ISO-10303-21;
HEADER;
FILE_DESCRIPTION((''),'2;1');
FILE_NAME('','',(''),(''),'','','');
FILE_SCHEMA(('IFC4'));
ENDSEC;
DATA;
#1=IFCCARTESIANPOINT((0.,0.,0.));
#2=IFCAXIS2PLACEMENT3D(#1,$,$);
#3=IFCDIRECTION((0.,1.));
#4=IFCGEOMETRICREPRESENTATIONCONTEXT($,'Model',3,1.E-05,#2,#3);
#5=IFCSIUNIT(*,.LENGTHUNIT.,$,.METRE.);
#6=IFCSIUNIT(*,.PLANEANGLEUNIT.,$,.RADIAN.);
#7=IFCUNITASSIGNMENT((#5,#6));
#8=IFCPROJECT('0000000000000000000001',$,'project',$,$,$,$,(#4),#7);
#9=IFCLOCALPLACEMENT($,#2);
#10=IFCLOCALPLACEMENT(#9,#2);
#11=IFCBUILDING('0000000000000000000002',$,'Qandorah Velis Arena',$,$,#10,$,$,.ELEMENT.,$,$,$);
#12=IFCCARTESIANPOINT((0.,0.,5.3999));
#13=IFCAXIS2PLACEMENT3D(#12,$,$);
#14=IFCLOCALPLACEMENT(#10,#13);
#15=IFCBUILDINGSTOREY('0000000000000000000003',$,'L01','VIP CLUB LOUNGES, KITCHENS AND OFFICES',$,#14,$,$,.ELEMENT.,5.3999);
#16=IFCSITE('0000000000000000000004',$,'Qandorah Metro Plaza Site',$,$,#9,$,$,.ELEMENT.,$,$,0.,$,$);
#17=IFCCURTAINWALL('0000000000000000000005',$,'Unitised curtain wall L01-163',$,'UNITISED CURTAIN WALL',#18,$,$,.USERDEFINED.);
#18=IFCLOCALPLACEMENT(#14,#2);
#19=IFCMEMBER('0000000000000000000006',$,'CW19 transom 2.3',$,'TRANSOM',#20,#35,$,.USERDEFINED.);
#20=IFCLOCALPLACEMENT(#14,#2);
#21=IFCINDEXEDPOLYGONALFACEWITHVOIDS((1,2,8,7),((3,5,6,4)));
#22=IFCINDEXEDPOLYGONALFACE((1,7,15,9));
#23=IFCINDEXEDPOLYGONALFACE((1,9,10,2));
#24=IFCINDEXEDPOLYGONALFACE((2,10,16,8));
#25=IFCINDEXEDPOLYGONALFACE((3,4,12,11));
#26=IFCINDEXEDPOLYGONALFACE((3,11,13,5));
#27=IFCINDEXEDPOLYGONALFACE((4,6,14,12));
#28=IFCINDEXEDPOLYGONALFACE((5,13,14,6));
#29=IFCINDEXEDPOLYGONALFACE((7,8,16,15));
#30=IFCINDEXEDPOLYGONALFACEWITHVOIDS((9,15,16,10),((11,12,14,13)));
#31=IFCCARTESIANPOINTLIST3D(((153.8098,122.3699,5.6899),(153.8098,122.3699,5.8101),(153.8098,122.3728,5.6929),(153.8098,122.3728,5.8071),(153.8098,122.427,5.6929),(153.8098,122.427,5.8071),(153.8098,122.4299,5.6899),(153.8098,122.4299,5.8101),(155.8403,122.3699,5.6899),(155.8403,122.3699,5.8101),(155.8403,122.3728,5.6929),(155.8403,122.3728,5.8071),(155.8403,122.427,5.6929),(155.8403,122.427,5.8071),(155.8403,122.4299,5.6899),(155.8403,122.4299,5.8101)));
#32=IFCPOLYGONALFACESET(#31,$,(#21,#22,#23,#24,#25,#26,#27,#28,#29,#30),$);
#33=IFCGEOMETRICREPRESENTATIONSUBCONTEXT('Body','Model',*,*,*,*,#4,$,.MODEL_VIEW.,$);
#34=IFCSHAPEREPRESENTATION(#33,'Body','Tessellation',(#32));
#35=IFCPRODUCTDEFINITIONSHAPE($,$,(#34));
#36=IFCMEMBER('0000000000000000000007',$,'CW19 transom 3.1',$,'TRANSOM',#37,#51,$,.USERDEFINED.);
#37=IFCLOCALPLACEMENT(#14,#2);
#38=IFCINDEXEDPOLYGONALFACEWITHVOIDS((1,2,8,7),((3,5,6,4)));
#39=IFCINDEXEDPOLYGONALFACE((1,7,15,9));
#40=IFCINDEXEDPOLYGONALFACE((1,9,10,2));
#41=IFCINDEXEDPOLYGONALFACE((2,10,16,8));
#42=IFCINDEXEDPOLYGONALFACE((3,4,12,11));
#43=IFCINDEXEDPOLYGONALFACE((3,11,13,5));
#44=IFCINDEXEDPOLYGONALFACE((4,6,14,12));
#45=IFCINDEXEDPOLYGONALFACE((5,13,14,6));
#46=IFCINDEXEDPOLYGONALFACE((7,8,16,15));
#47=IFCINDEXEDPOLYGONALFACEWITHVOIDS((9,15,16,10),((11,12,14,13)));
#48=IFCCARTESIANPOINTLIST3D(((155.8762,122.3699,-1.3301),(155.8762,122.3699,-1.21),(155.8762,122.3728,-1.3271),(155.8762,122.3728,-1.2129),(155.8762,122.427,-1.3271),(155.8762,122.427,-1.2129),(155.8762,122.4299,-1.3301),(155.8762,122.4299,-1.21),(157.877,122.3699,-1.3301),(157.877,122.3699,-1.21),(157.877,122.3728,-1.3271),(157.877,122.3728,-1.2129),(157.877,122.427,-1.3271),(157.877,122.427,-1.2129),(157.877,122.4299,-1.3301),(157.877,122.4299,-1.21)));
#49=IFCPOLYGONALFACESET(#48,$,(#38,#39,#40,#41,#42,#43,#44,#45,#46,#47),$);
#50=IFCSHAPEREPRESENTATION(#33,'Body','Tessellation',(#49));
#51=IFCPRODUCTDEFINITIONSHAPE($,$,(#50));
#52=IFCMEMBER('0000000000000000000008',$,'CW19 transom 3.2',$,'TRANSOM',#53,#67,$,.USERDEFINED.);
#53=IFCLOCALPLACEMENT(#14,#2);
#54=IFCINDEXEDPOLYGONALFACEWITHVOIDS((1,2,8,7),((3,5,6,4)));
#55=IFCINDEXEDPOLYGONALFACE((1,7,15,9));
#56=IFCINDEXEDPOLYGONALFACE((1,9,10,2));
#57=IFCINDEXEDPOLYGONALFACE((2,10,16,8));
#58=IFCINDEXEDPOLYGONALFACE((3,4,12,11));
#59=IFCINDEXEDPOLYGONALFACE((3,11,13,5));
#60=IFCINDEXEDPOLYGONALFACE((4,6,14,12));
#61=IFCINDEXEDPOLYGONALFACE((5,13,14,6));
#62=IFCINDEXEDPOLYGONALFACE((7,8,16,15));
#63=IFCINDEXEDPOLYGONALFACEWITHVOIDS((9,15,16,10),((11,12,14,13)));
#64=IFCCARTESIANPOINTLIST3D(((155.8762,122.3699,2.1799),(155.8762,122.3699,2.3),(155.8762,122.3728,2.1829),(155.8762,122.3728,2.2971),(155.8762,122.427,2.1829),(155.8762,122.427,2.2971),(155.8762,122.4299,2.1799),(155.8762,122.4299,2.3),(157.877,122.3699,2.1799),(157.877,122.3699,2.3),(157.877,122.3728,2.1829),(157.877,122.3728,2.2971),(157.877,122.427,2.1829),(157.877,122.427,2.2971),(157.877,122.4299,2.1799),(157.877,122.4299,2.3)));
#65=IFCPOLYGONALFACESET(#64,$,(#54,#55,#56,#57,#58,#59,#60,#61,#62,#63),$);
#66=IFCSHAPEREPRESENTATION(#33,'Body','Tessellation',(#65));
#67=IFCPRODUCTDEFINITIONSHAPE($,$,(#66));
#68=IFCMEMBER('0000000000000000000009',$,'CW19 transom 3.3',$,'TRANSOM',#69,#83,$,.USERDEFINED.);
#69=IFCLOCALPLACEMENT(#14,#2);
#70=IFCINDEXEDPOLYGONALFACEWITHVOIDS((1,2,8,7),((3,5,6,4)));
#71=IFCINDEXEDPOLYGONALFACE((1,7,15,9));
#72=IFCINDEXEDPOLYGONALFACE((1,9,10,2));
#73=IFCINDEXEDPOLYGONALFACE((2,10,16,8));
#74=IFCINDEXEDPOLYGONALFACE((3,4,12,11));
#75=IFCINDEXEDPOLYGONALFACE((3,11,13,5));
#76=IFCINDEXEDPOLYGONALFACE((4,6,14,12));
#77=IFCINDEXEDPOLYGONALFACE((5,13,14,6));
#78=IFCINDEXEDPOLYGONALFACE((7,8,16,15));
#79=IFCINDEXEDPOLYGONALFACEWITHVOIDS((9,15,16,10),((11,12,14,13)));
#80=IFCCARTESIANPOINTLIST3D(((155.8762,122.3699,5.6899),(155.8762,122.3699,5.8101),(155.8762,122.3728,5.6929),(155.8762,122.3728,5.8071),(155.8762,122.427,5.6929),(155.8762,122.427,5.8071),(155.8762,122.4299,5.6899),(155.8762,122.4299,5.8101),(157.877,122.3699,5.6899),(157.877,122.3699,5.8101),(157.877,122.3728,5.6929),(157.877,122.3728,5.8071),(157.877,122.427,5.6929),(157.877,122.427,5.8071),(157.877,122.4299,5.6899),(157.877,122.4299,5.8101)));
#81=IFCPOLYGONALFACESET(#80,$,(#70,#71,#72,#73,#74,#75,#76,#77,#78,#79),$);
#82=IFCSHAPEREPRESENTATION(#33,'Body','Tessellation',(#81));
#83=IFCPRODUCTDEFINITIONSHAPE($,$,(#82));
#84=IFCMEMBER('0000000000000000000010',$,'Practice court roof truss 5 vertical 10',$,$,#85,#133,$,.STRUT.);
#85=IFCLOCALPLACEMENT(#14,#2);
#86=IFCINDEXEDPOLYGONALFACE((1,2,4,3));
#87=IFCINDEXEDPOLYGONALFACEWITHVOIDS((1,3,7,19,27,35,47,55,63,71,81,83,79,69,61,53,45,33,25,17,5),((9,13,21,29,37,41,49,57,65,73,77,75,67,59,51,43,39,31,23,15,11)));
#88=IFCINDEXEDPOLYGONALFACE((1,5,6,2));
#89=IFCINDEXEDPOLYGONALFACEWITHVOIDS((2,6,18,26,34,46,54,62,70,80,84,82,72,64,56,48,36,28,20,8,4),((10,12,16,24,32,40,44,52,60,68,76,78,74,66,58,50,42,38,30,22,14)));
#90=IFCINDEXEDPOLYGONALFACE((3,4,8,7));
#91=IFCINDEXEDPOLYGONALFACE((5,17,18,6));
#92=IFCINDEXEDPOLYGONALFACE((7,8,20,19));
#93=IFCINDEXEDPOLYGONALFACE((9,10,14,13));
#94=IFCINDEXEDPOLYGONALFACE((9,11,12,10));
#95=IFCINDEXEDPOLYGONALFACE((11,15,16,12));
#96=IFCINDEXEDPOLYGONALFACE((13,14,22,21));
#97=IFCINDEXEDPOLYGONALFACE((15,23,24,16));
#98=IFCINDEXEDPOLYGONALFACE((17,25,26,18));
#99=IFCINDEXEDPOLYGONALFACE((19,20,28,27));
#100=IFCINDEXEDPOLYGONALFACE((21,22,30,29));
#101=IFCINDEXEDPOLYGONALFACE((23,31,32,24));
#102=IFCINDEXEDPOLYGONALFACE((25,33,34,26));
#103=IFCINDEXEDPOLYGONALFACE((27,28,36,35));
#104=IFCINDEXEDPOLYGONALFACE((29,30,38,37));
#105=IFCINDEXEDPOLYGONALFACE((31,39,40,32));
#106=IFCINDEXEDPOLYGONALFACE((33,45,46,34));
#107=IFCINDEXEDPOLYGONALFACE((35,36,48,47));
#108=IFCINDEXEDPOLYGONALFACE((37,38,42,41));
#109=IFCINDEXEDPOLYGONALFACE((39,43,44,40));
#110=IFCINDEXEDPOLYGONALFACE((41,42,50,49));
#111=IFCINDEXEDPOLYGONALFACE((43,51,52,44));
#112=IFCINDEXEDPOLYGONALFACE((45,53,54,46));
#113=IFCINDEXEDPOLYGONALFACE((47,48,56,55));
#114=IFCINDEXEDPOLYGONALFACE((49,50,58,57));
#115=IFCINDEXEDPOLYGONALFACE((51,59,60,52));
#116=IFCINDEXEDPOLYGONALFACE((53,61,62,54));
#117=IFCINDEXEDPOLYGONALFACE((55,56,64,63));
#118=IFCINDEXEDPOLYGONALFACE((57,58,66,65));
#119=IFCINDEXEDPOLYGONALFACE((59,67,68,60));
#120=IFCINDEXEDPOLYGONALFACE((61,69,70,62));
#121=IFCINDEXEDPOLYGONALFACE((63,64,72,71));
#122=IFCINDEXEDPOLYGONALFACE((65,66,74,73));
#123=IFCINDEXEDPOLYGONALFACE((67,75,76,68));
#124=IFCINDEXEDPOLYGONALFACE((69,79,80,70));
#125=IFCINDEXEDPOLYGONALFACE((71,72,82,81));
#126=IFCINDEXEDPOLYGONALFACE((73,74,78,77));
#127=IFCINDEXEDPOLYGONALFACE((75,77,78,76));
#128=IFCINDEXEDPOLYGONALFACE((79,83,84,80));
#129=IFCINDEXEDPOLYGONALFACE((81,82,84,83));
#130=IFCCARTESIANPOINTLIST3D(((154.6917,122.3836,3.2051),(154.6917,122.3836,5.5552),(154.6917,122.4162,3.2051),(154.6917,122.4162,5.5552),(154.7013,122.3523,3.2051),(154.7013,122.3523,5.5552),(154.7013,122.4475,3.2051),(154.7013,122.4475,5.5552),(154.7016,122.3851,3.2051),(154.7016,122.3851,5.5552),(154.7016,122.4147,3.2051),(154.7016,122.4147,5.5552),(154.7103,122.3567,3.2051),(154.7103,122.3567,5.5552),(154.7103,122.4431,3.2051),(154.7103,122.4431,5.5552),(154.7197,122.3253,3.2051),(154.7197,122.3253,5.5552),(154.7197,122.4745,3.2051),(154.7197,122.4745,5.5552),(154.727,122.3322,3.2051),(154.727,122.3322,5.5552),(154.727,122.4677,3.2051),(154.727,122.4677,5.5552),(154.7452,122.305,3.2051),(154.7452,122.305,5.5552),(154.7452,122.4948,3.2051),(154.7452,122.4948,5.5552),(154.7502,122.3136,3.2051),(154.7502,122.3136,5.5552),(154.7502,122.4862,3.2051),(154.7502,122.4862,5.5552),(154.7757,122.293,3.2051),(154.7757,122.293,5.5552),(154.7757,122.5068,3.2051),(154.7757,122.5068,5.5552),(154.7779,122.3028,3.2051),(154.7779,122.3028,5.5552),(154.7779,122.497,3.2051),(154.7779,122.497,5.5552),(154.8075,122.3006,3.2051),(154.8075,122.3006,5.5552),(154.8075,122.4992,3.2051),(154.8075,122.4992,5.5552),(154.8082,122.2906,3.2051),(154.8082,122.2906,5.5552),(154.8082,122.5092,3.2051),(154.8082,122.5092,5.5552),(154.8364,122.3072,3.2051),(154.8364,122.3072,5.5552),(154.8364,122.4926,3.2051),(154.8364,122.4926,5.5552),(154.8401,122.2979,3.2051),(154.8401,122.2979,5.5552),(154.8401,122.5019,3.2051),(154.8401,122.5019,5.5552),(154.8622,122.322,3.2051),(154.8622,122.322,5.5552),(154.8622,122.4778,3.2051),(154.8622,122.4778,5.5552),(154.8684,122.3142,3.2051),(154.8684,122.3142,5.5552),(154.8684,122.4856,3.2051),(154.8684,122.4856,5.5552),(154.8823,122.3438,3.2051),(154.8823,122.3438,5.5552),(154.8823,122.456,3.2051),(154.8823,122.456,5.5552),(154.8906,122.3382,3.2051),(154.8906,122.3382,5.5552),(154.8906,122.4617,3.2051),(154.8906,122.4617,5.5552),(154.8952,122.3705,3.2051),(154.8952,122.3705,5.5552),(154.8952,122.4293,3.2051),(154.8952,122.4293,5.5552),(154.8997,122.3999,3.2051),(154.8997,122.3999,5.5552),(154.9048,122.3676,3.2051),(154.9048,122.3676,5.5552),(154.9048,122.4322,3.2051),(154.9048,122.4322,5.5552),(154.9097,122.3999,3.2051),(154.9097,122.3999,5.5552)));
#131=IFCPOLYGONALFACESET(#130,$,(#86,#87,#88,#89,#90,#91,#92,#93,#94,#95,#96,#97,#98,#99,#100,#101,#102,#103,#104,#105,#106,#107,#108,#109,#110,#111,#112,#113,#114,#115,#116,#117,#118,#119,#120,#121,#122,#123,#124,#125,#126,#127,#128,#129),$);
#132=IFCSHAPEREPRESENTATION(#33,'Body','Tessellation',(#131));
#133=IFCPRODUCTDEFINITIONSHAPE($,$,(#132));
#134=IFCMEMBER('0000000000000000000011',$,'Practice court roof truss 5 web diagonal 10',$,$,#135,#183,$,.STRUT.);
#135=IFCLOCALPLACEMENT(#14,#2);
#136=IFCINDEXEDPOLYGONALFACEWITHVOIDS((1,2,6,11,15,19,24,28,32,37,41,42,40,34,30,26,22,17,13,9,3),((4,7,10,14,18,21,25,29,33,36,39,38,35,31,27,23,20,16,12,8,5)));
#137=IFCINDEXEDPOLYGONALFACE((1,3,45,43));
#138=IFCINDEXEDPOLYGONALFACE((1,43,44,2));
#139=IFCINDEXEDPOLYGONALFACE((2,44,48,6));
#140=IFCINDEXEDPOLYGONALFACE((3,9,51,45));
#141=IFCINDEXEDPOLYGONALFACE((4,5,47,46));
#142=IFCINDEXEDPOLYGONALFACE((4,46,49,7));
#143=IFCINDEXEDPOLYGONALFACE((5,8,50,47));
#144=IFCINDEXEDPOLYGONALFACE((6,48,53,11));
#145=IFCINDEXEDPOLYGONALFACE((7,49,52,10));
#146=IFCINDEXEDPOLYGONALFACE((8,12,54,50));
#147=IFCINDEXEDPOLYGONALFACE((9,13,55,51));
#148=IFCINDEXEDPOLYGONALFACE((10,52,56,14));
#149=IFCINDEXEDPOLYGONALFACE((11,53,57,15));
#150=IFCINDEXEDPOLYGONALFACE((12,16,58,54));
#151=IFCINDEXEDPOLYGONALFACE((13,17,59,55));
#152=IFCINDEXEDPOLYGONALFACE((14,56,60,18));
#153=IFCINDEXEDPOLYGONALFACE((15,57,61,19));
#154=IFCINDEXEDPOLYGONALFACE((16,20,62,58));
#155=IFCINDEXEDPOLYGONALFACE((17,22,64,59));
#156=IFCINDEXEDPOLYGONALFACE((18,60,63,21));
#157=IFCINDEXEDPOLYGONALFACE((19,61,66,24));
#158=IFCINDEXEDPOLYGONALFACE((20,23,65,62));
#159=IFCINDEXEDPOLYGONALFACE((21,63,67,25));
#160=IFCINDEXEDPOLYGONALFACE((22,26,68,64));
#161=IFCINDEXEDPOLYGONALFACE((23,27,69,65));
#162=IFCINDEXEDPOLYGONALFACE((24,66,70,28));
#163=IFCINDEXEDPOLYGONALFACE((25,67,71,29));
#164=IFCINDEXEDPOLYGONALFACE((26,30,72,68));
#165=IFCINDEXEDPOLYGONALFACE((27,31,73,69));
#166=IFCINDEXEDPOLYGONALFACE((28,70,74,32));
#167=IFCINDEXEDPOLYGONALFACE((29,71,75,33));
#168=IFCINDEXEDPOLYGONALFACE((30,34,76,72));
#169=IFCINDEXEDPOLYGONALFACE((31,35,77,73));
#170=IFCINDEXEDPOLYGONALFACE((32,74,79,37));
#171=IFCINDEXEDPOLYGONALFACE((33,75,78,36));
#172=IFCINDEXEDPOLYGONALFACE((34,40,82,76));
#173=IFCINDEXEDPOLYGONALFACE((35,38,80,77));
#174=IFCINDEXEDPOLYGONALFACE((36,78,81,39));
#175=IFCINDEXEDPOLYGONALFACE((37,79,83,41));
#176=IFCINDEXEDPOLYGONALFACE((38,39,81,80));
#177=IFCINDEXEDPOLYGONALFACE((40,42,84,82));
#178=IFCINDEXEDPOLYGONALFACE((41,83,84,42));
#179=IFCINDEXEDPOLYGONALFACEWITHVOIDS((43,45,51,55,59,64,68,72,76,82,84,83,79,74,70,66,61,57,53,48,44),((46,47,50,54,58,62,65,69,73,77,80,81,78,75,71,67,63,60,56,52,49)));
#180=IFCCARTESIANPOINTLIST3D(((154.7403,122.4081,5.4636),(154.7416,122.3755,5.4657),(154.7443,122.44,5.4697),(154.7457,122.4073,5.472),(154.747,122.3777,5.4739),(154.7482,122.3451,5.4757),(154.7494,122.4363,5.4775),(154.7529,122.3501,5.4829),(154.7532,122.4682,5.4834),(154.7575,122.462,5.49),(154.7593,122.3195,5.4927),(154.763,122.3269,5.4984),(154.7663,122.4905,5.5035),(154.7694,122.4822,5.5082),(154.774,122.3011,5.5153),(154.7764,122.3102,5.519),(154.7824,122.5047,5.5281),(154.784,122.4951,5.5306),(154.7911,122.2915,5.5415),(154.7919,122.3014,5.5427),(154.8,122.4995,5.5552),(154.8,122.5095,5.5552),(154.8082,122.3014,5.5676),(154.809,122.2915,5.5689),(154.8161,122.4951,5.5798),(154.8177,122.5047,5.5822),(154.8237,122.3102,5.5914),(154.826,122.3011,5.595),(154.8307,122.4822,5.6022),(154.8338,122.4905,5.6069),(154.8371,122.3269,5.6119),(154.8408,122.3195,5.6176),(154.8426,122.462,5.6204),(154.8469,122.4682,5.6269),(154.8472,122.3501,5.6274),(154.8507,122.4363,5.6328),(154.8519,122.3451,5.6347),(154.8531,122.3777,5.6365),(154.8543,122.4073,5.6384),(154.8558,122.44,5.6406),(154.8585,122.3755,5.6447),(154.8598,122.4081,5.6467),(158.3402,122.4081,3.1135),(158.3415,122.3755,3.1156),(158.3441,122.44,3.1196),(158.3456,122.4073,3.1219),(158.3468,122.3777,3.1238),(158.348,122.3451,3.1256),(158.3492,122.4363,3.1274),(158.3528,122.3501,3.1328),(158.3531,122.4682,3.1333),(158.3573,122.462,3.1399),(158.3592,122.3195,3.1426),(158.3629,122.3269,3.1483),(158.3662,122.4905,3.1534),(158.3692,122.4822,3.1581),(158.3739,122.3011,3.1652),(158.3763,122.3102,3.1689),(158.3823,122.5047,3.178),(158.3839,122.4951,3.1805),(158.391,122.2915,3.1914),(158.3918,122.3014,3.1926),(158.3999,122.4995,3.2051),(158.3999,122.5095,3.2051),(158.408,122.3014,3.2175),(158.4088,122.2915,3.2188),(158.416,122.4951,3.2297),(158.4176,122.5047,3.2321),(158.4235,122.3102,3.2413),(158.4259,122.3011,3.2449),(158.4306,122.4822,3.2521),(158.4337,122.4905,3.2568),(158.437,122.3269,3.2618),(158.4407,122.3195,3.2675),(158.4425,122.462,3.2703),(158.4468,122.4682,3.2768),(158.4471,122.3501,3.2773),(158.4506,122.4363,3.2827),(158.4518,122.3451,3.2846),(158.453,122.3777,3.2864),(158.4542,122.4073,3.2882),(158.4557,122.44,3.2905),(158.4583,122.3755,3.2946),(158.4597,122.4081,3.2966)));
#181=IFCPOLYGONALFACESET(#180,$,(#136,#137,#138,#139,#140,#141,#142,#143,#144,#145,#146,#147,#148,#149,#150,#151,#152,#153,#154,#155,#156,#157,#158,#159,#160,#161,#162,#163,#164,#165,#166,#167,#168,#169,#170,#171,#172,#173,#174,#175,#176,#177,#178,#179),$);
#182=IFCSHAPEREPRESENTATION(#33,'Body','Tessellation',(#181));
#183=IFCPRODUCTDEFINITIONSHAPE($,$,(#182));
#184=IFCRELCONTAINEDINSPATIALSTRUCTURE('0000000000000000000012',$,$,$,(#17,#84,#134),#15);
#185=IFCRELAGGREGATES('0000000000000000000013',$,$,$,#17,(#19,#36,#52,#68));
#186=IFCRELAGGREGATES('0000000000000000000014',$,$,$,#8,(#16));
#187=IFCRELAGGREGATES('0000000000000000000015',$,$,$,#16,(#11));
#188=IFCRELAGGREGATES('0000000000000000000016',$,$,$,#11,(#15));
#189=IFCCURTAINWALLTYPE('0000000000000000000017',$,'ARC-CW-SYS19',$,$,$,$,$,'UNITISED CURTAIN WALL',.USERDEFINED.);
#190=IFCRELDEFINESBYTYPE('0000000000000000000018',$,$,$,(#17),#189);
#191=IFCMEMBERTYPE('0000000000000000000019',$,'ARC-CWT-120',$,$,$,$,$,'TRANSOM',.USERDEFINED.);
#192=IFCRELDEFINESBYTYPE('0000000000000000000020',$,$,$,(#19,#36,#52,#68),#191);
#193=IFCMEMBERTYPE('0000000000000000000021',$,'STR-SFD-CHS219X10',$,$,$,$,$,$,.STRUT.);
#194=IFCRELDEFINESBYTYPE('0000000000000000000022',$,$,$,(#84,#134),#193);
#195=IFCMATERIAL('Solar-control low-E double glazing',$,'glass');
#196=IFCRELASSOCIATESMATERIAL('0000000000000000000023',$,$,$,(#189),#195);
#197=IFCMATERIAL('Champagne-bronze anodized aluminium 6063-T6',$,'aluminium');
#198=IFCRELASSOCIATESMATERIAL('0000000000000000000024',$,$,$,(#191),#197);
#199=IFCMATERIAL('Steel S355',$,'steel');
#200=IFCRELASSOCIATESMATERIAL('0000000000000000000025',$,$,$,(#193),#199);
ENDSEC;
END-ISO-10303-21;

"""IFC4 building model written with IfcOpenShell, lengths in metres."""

from ifc_helpers import new_model, si_unit, direction, frame, origin, origin_2d, place, context, subcontext, project, spatial, hollow_rectangle, hollow_circle, extrude, material, material_profile, profile_set, type_object, element, aggregate, save


model = new_model("IFC4")

# Units and contexts
model_context = context("Model", 3, precision=1e-05, world=origin(), true_north=direction((0.0, 1.0)))
body_context = subcontext(model_context, "Body", "Model", "MODEL_VIEW")
ifc_project = project(units=[si_unit("LENGTHUNIT", "METRE"), si_unit("PLANEANGLEUNIT", "RADIAN")], contexts=[model_context])

# Site, building, storey
site_placement = place(None, origin())
site = spatial("IfcSite", under=ifc_project, at=site_placement, Name="Qandorah Metro Plaza Site", CompositionType="ELEMENT", RefElevation=0.0)
building_placement = place(site_placement, origin())
building = spatial("IfcBuilding", under=site, at=building_placement, Name="Qandorah Velis Arena", CompositionType="ELEMENT")
storey_placement = place(building_placement, frame((0.0, 0.0, 5.3999)))
storey = spatial("IfcBuildingStorey", under=building, at=storey_placement, Name="L01", Description="VIP CLUB LOUNGES, KITCHENS AND OFFICES", CompositionType="ELEMENT", Elevation=5.3999)

# Shared definitions
ifc_material_1 = material(Name="Solar-control low-E double glazing", Category="glass")
ifc_material_2 = material(Name="Champagne-bronze anodized aluminium 6063-T6", Category="aluminium")

# Curtain wall
curtain_wall_type_1 = type_object("IfcCurtainWallType", Name="ARC-CW-SYS19", ElementType="UNITISED CURTAIN WALL", PredefinedType="USERDEFINED", material=ifc_material_1)
curtain_wall_1_placement = place(storey_placement, origin())
curtain_wall_1 = element("IfcCurtainWall", 1, at=curtain_wall_1_placement, inside=storey, type_object=curtain_wall_type_1, Name="Unitised curtain wall L01-163", ObjectType="UNITISED CURTAIN WALL", PredefinedType="USERDEFINED")

# Members
ifc_material_profile_1 = material_profile(ifc_material_2, hollow_rectangle(XDim=0.0601, YDim=0.1201, WallThickness=0.0029, at=origin_2d()), Name="ALU TRANSOM 60x120")
ifc_profile_set_1 = profile_set([ifc_material_profile_1], Name="Champagne-bronze anodized aluminium 6063-T6")
member_type_1 = type_object("IfcMemberType", Name="ARC-CWT-120", ElementType="TRANSOM", PredefinedType="USERDEFINED", material=ifc_profile_set_1)
member_1_placement = place(storey_placement, frame((153.8098, 122.3999, 5.75), z_axis=(1.0, 0.0, 0.0), x_axis=(0.0, 1.0, 0.0)))
member_1 = element("IfcMember", 2, at=member_1_placement, type_object=member_type_1, Name="CW19 transom 2.3", ObjectType="TRANSOM", PredefinedType="USERDEFINED", context=body_context, shape_type="SweptSolid", body=[
    extrude(hollow_rectangle(XDim=0.0601, YDim=0.1201, WallThickness=0.0029, at=origin_2d()), origin(), (0.0, 0.0, 1.0), 2.0305),
])
member_2_placement = place(storey_placement, frame((155.8762, 122.3999, -1.27), z_axis=(1.0, 0.0, 0.0), x_axis=(0.0, 1.0, 0.0)))
member_2 = element("IfcMember", 3, at=member_2_placement, type_object=member_type_1, Name="CW19 transom 3.1", ObjectType="TRANSOM", PredefinedType="USERDEFINED", context=body_context, shape_type="SweptSolid", body=[
    extrude(hollow_rectangle(XDim=0.0601, YDim=0.1201, WallThickness=0.0029, at=origin_2d()), origin(), (0.0, 0.0, 1.0), 2.0007),
])
member_3_placement = place(storey_placement, frame((155.8762, 122.3999, 2.24), z_axis=(1.0, 0.0, 0.0), x_axis=(0.0, 1.0, 0.0)))
member_3 = element("IfcMember", 4, at=member_3_placement, type_object=member_type_1, Name="CW19 transom 3.2", ObjectType="TRANSOM", PredefinedType="USERDEFINED", context=body_context, shape_type="SweptSolid", body=[
    extrude(hollow_rectangle(XDim=0.0601, YDim=0.1201, WallThickness=0.0029, at=origin_2d()), origin(), (0.0, 0.0, 1.0), 2.0007),
])
member_4_placement = place(storey_placement, frame((155.8762, 122.3999, 5.75), z_axis=(1.0, 0.0, 0.0), x_axis=(0.0, 1.0, 0.0)))
member_4 = element("IfcMember", 5, at=member_4_placement, type_object=member_type_1, Name="CW19 transom 3.3", ObjectType="TRANSOM", PredefinedType="USERDEFINED", context=body_context, shape_type="SweptSolid", body=[
    extrude(hollow_rectangle(XDim=0.0601, YDim=0.1201, WallThickness=0.0029, at=origin_2d()), origin(), (0.0, 0.0, 1.0), 2.0007),
])

# Members
ifc_material_3 = material(Name="Steel S355", Category="steel")
ifc_material_profile_2 = material_profile(ifc_material_3, hollow_circle(Radius=0.1096, WallThickness=0.01, at=origin_2d()), Name="CHS 219.1x10")
ifc_profile_set_2 = profile_set([ifc_material_profile_2], Name="Steel S355")
member_type_2 = type_object("IfcMemberType", Name="STR-SFD-CHS219X10", PredefinedType="STRUT", material=ifc_profile_set_2)
member_5_placement = place(storey_placement, frame((154.8, 122.3999, 3.2051), z_axis=(0.0, 0.0, 1.0), x_axis=(1.0, 0.0, 0.0)))
element("IfcMember", 6, at=member_5_placement, inside=storey, type_object=member_type_2, Name="Practice court roof truss 5 vertical 10", PredefinedType="STRUT", context=body_context, shape_type="SweptSolid", body=[
    extrude(hollow_circle(Radius=0.1096, WallThickness=0.01, at=origin_2d()), origin(), (0.0, 0.0, 1.0), 2.3501),
])
member_6_placement = place(storey_placement, frame((154.8, 122.3999, 5.5552), z_axis=(0.837359, 0.0, -0.546654), x_axis=(0.0, 1.0, 0.0)))
element("IfcMember", 7, at=member_6_placement, inside=storey, type_object=member_type_2, Name="Practice court roof truss 5 web diagonal 10", PredefinedType="STRUT", context=body_context, shape_type="SweptSolid", body=[
    extrude(hollow_circle(Radius=0.1096, WallThickness=0.01, at=origin_2d()), origin(), (0.0, 0.0, 1.0), 4.2991),
])

aggregate(curtain_wall_1, [member_1, member_2, member_3, member_4])

save(model, "model.ifc")
